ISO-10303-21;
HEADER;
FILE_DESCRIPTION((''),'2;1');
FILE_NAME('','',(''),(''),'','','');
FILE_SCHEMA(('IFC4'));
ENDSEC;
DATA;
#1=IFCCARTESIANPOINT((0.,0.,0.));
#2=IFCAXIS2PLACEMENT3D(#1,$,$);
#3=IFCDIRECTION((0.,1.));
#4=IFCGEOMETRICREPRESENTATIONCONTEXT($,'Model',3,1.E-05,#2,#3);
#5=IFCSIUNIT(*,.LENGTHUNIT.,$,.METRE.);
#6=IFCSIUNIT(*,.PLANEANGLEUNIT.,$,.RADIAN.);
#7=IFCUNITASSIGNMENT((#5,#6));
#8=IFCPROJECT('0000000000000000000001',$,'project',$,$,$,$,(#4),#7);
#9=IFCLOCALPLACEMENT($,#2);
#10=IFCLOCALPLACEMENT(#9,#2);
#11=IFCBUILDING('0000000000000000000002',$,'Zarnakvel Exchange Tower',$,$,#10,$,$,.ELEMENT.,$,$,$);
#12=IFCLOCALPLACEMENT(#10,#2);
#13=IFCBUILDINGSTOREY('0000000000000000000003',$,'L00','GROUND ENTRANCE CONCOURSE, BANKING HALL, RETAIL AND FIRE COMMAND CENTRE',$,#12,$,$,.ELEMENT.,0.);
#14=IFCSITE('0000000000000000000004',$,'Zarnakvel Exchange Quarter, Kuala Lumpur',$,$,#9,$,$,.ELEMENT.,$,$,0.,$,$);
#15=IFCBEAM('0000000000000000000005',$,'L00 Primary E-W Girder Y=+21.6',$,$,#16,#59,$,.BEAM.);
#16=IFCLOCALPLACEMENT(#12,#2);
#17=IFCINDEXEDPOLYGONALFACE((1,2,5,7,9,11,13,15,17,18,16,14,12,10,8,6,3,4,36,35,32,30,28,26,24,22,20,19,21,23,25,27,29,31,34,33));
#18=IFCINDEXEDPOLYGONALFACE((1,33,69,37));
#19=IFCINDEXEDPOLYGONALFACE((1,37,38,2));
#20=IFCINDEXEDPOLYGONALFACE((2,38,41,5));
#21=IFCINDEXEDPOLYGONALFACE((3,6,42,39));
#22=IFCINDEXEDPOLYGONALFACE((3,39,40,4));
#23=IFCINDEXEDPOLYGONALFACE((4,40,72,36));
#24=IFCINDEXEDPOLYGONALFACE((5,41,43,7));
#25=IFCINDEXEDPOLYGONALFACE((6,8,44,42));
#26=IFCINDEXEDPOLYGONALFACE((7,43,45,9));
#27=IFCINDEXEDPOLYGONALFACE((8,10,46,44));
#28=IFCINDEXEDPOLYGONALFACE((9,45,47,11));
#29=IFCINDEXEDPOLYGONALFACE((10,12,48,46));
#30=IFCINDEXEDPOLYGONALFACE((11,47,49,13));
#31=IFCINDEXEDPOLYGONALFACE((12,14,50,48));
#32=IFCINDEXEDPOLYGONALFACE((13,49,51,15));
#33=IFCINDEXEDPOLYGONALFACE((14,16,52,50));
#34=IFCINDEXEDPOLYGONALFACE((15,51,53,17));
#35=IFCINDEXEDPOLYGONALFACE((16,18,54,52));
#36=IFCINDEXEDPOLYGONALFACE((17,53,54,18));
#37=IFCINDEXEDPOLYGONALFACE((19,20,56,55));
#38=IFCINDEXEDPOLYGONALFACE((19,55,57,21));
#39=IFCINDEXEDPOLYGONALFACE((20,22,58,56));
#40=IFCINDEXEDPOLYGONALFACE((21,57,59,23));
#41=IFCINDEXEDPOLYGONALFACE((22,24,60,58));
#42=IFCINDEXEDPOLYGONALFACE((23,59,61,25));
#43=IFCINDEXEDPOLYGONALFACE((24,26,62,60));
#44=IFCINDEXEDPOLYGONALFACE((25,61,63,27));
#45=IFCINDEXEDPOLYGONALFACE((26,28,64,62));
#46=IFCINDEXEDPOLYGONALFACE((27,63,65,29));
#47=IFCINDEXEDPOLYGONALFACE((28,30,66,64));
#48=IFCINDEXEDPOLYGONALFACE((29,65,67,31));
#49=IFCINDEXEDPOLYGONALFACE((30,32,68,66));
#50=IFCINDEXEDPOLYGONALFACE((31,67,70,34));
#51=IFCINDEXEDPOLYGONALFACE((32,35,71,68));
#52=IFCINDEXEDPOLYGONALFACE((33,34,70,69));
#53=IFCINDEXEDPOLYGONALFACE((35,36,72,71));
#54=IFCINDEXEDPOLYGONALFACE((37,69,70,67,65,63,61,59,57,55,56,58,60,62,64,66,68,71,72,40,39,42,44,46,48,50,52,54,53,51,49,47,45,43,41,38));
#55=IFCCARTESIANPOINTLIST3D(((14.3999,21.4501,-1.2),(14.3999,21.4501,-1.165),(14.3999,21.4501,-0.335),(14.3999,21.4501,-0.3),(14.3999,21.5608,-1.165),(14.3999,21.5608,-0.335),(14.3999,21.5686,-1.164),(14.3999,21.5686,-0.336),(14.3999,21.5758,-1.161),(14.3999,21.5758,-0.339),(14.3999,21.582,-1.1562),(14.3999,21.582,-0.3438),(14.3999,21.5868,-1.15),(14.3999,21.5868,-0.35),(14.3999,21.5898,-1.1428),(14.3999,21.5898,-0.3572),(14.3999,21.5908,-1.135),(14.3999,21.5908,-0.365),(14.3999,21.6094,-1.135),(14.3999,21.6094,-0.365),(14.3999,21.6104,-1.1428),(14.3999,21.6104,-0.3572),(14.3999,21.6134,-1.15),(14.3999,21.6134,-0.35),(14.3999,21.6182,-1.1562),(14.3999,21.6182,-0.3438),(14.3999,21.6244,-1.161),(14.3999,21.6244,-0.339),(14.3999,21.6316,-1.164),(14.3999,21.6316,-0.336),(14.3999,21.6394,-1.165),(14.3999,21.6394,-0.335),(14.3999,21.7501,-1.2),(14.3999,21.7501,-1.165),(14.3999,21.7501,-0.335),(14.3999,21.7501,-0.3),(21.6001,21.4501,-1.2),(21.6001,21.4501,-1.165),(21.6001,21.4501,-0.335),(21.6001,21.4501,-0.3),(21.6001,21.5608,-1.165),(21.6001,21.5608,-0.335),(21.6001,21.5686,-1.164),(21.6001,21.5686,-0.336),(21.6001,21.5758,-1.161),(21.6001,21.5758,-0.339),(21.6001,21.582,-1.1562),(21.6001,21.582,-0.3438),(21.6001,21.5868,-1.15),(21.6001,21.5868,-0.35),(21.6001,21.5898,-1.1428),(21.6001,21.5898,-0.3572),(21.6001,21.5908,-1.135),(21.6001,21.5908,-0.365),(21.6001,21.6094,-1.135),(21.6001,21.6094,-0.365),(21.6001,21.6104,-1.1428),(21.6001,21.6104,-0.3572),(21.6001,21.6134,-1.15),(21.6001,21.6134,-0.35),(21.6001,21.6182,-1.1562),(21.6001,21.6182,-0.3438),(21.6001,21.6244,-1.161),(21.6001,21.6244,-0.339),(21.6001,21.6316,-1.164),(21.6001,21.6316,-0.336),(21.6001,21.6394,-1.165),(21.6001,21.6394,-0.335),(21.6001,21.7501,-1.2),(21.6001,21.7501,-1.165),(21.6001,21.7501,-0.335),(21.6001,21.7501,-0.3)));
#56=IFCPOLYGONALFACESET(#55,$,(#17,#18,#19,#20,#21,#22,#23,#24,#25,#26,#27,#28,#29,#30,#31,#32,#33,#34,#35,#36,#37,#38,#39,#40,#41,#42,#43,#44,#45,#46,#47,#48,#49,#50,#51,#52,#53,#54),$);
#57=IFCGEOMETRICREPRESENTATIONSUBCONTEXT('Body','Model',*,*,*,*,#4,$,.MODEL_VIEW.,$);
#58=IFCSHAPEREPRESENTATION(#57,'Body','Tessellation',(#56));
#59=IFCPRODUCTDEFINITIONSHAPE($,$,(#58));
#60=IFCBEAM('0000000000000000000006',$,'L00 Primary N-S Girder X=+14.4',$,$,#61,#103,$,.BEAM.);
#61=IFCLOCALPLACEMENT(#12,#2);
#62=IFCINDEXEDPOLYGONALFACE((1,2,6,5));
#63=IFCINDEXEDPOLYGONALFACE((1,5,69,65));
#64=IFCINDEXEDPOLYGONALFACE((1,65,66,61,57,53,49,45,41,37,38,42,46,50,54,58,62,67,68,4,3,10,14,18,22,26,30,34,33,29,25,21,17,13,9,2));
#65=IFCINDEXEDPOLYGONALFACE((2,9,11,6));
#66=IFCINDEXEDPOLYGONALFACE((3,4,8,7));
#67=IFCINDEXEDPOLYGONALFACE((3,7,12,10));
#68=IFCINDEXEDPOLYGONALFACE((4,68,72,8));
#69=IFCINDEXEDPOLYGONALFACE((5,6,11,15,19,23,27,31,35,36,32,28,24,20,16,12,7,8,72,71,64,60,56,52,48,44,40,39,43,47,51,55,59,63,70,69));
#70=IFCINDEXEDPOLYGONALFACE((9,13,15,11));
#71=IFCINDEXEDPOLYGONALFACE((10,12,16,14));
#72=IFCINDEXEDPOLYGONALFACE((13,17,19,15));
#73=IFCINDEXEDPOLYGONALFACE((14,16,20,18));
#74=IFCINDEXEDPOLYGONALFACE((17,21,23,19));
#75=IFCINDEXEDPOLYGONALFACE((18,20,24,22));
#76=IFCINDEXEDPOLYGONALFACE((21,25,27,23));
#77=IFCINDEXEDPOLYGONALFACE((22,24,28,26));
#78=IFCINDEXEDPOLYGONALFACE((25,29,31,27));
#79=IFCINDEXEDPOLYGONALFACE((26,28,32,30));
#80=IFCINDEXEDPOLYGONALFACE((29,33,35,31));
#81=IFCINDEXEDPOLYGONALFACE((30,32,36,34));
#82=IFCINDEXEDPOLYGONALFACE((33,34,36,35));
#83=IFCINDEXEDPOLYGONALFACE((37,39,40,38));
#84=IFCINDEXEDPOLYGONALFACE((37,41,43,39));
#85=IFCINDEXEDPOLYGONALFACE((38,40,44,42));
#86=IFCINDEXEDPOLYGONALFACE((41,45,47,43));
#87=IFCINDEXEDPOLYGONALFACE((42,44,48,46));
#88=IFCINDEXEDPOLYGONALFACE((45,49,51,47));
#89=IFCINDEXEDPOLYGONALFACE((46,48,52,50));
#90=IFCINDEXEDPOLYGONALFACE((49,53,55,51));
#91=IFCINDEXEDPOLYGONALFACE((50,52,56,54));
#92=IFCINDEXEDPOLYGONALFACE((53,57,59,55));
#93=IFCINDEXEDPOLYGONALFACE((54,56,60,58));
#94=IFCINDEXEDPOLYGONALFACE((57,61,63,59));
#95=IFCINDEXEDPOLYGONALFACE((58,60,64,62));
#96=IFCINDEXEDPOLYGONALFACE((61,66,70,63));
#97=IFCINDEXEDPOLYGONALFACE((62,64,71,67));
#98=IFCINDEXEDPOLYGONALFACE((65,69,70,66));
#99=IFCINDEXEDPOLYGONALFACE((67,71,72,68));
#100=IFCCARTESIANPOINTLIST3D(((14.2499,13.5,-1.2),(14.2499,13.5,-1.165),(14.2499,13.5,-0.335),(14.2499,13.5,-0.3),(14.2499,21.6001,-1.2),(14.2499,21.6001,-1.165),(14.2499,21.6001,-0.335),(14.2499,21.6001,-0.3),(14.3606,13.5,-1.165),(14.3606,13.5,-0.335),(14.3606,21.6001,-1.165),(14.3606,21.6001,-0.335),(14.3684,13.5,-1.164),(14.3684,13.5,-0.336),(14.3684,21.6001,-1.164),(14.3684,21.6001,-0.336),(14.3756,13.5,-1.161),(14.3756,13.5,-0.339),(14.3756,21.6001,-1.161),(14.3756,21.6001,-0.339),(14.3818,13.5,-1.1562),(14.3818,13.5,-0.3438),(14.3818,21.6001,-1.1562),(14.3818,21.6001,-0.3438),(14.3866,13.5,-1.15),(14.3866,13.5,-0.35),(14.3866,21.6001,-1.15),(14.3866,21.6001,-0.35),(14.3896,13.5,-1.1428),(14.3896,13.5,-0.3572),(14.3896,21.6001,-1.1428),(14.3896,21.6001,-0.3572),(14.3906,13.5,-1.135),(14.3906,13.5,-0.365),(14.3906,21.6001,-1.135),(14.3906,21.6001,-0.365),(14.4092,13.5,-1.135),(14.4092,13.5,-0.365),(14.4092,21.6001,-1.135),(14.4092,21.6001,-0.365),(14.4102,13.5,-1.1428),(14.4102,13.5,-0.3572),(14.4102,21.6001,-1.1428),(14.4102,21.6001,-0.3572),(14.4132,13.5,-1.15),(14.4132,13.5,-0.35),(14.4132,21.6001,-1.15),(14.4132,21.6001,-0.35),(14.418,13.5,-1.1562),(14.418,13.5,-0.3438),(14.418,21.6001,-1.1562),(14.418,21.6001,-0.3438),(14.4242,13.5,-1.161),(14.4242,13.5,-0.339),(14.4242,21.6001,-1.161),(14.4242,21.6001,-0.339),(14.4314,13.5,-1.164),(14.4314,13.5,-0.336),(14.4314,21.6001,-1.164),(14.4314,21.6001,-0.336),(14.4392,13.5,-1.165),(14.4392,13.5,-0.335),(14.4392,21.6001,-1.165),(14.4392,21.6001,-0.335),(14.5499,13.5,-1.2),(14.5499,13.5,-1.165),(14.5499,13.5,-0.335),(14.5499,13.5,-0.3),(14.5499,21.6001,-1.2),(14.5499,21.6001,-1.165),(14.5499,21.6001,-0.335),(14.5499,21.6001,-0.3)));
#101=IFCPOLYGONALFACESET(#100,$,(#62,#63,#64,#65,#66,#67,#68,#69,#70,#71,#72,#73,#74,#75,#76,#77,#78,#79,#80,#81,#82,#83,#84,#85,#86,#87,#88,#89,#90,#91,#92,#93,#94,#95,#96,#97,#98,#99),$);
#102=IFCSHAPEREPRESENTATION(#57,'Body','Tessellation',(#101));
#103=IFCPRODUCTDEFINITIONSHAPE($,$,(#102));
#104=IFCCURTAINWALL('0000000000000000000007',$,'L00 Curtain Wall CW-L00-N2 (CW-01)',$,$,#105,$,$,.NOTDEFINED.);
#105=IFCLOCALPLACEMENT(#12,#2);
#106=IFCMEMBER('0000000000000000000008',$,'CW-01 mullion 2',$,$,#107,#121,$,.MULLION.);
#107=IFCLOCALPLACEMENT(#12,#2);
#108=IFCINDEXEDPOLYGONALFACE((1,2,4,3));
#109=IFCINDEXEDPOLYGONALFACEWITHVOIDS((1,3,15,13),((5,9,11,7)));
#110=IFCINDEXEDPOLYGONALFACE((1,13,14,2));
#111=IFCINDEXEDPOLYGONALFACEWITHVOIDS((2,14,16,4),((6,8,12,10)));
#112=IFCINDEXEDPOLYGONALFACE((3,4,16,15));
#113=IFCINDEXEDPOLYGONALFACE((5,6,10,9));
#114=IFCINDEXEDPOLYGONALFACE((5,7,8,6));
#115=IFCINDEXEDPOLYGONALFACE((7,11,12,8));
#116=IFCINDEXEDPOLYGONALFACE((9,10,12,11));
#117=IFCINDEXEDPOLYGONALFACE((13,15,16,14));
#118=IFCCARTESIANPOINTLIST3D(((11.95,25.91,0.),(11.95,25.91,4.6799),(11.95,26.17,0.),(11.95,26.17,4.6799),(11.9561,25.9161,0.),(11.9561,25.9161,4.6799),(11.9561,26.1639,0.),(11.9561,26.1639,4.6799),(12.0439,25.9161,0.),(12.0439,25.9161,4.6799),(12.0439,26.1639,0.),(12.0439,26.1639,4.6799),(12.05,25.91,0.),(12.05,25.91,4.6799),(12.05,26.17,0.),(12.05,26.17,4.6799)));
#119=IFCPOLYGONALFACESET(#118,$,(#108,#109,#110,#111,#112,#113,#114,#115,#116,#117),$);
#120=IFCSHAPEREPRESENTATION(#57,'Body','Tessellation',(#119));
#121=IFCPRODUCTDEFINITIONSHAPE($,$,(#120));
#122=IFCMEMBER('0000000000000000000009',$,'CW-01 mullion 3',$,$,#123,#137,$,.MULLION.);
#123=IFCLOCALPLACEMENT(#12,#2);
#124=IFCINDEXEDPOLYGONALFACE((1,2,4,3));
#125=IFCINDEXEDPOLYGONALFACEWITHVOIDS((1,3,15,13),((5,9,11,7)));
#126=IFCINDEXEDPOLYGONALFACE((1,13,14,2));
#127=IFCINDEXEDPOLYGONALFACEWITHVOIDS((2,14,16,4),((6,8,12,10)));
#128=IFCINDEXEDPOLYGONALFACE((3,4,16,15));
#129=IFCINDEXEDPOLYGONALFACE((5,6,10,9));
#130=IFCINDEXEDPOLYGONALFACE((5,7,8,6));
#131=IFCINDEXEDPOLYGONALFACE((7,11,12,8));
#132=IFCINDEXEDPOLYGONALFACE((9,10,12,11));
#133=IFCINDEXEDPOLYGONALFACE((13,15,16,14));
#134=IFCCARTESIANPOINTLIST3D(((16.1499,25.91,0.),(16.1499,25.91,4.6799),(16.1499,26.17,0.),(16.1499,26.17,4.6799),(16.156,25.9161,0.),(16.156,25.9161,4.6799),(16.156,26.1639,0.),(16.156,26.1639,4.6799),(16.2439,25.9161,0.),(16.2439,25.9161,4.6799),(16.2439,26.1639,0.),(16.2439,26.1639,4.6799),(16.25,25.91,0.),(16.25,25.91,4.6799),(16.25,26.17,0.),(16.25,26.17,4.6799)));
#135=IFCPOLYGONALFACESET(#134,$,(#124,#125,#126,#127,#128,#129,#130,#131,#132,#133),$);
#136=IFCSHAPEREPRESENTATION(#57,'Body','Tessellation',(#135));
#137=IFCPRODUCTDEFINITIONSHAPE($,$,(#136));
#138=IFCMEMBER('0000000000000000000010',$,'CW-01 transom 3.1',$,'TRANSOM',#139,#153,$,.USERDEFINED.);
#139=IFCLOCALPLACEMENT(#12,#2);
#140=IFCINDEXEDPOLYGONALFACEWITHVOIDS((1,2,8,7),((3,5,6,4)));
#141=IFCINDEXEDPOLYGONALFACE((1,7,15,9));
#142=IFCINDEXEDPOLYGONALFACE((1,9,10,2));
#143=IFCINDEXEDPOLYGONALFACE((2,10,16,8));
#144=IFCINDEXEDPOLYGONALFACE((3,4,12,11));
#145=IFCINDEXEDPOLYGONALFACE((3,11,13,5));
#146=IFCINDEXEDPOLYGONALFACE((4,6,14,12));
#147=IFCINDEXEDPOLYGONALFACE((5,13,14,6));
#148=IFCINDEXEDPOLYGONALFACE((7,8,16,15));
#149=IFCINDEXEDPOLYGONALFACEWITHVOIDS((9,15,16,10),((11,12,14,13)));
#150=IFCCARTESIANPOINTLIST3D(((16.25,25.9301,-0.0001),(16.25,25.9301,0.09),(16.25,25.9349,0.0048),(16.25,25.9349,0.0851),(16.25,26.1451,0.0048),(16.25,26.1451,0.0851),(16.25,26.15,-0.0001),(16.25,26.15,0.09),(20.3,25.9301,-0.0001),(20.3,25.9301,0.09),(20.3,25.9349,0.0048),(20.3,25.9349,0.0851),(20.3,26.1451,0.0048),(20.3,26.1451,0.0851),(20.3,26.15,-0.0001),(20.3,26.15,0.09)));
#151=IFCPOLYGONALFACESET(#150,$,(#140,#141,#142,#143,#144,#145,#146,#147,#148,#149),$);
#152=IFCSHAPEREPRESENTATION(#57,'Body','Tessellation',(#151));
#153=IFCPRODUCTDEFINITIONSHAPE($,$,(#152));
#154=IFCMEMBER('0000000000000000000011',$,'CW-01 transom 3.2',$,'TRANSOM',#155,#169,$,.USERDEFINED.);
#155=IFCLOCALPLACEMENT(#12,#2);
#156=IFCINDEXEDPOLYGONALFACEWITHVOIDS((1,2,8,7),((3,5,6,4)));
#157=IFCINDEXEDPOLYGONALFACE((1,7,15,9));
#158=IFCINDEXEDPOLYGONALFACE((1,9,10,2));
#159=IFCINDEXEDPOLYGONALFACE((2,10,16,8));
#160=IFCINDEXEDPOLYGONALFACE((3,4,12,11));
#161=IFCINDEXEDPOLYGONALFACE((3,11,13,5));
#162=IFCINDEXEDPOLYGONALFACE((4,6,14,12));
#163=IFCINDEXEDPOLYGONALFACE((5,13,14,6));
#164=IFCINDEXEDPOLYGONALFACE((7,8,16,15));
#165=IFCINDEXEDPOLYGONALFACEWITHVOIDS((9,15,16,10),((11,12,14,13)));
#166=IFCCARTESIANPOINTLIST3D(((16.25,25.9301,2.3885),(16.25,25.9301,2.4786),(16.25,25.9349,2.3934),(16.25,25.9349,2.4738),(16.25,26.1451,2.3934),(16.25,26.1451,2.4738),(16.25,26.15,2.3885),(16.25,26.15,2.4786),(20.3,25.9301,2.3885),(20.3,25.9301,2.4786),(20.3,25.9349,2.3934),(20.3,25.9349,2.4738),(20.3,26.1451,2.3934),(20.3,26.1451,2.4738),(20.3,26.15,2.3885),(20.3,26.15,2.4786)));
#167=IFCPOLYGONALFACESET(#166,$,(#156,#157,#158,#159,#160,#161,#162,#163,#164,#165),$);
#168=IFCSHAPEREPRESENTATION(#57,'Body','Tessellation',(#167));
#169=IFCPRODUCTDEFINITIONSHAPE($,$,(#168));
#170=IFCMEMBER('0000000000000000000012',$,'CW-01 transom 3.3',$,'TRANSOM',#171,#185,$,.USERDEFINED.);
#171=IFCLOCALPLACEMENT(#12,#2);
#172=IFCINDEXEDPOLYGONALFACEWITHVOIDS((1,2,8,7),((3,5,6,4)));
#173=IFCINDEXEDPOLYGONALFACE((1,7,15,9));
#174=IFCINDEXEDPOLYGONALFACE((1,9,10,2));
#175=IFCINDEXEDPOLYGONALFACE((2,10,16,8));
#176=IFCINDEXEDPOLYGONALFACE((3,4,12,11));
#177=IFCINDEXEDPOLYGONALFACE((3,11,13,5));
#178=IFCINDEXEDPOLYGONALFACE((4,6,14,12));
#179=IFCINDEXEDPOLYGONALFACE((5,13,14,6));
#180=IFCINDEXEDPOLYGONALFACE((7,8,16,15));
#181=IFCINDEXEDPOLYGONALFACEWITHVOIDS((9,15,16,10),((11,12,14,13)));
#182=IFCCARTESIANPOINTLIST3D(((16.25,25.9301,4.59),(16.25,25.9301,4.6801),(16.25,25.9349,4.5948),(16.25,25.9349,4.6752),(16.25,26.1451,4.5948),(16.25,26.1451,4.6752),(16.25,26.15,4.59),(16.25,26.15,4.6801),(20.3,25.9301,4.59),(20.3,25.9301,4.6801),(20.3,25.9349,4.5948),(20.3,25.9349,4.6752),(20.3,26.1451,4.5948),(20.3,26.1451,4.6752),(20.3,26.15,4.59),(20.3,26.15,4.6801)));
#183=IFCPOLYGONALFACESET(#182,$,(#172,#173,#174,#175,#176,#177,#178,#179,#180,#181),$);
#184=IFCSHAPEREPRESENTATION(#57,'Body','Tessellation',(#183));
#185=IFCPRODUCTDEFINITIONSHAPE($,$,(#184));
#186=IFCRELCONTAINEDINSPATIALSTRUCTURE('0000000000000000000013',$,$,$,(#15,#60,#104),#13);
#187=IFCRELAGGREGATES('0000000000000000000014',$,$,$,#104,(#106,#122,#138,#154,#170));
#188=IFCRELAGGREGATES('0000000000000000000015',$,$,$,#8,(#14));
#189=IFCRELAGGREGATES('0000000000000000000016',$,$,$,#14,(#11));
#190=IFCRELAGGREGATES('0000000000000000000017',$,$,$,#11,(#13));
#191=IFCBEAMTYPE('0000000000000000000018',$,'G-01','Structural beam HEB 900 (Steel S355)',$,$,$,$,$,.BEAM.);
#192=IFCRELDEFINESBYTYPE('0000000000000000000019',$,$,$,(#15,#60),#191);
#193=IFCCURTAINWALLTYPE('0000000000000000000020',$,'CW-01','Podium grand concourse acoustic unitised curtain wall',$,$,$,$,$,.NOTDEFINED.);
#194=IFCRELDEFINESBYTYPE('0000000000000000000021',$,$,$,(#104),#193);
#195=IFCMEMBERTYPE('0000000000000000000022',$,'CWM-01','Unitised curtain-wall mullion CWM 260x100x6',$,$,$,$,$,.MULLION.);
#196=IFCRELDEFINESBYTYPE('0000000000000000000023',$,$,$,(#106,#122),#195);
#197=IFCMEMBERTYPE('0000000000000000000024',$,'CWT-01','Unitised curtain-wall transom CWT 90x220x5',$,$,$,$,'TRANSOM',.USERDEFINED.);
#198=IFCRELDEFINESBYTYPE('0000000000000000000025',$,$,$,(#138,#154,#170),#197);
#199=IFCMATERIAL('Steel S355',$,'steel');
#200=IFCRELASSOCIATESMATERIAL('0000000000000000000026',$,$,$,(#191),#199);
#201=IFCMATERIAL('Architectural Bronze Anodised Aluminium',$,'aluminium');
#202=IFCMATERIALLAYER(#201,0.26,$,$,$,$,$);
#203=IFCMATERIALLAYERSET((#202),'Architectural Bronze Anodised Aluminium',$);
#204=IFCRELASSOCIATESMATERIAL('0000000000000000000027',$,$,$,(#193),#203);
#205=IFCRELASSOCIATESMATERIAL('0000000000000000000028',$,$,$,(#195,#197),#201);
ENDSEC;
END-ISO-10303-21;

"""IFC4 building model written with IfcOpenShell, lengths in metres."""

from ifc_helpers import new_model, si_unit, direction, frame, origin, origin_2d, place, context, subcontext, project, spatial, hollow_rectangle, i_section, extrude, source, transform, mapped, material, layer, layer_set, material_profile, profile_set, type_object, element, aggregate, save


model = new_model("IFC4")

# Units and contexts
model_context = context("Model", 3, precision=1e-05, world=origin(), true_north=direction((0.0, 1.0)))
body_context = subcontext(model_context, "Body", "Model", "MODEL_VIEW")
ifc_project = project(units=[si_unit("LENGTHUNIT", "METRE"), si_unit("PLANEANGLEUNIT", "RADIAN")], contexts=[model_context])

# Site, building, storey
site_placement = place(None, origin())
site = spatial("IfcSite", under=ifc_project, at=site_placement, Name="Zarnakvel Exchange Quarter, Kuala Lumpur", CompositionType="ELEMENT", RefElevation=0.0)
building_placement = place(site_placement, origin())
building = spatial("IfcBuilding", under=site, at=building_placement, Name="Zarnakvel Exchange Tower", CompositionType="ELEMENT")
storey_placement = place(building_placement, origin())
storey = spatial("IfcBuildingStorey", under=building, at=storey_placement, Name="L00", Description="GROUND ENTRANCE CONCOURSE, BANKING HALL, RETAIL AND FIRE COMMAND CENTRE", CompositionType="ELEMENT", Elevation=0.0)

# Beams
ifc_material_1 = material(Name="Steel S355", Category="steel")
ifc_material_profile_1 = material_profile(ifc_material_1, i_section(OverallWidth=0.3, OverallDepth=0.8999, WebThickness=0.0186, FlangeThickness=0.0349, FilletRadius=0.03, at=origin_2d()))
ifc_profile_set_1 = profile_set([ifc_material_profile_1], Name="Steel S355")
beam_type_1 = type_object("IfcBeamType", Name="G-01", Description="Structural beam HEB 900 (Steel S355)", PredefinedType="BEAM", material=ifc_profile_set_1)
for number, where, z_axis, x_axis, name in (
    (1, (14.3999, 21.6001, -0.75), (1.0, 0.0, 0.0), (0.0, 1.0, 0.0), "L00 Primary E-W Girder Y=+21.6"),
):
    element("IfcBeam", number, at=place(storey_placement, frame(where, z_axis=z_axis, x_axis=x_axis)), inside=storey, type_object=beam_type_1, Name=name, PredefinedType="BEAM", context=body_context, shape_type="SweptSolid", body=[
        extrude(i_section(OverallWidth=0.3, OverallDepth=0.8999, WebThickness=0.0186, FlangeThickness=0.0349, FilletRadius=0.03, at=origin_2d()), origin(), (0.0, 0.0, 1.0), 7.2002),
    ])
beam_1_placement = place(storey_placement, frame((14.3999, 13.5, -0.75), z_axis=(0.0, 1.0, 0.0), x_axis=(-1.0, 0.0, 0.0)))
element("IfcBeam", 2, at=beam_1_placement, inside=storey, type_object=beam_type_1, Name="L00 Primary N-S Girder X=+14.4", PredefinedType="BEAM", context=body_context, shape_type="SweptSolid", body=[
    extrude(i_section(OverallWidth=0.3, OverallDepth=0.8999, WebThickness=0.0186, FlangeThickness=0.0349, FilletRadius=0.03, at=origin_2d()), origin(), (0.0, 0.0, 1.0), 8.1001),
])

# Curtain wall, members
ifc_material_2 = material(Name="Architectural Bronze Anodised Aluminium", Category="aluminium")
ifc_layer_1 = layer(ifc_material_2, 0.26)
ifc_layer_set_1 = layer_set([ifc_layer_1], Name="Architectural Bronze Anodised Aluminium")
curtain_wall_type = type_object("IfcCurtainWallType", Name="CW-01", Description="Podium grand concourse acoustic unitised curtain wall", PredefinedType="NOTDEFINED", material=ifc_layer_set_1)
curtain_wall_placement = place(storey_placement, origin())
curtain_wall = element("IfcCurtainWall", 3, at=curtain_wall_placement, inside=storey, type_object=curtain_wall_type, Name="L00 Curtain Wall CW-L00-N2 (CW-01)", PredefinedType="NOTDEFINED")
ifc_material_profile_2 = material_profile(ifc_material_2, hollow_rectangle(XDim=0.26, YDim=0.1001, WallThickness=0.0061, at=origin_2d()))
ifc_profile_set_2 = profile_set([ifc_material_profile_2], Name="Architectural Bronze Anodised Aluminium")
member_type_1 = type_object("IfcMemberType", Name="CWM-01", Description="Unitised curtain-wall mullion CWM 260x100x6", PredefinedType="MULLION", material=ifc_profile_set_2)
shared_shape_1 = source(origin(), body_context, "Body", "SweptSolid", [
    extrude(hollow_rectangle(XDim=0.26, YDim=0.1001, WallThickness=0.0061, at=origin_2d()), origin(), (0.0, 0.0, 1.0), 4.6799),
])
member_1_placement = place(storey_placement, frame((12.0, 26.04, 0.0), z_axis=(0.0, 0.0, 1.0), x_axis=(0.0, 1.0, 0.0)))
member_1 = element("IfcMember", 4, at=member_1_placement, type_object=member_type_1, Name="CW-01 mullion 2", PredefinedType="MULLION", context=body_context, shape_type="MappedRepresentation", body=[
    mapped(shared_shape_1, transform((0.0, 0.0, 0.0), x_axis=(1.0, 0.0, 0.0), y_axis=(0.0, 1.0, 0.0), z_axis=(0.0, 0.0, 1.0), scale=1.0)),
])
member_2_placement = place(storey_placement, frame((16.2, 26.04, 0.0), z_axis=(0.0, 0.0, 1.0), x_axis=(0.0, 1.0, 0.0)))
member_2 = element("IfcMember", 5, at=member_2_placement, type_object=member_type_1, Name="CW-01 mullion 3", PredefinedType="MULLION", context=body_context, shape_type="MappedRepresentation", body=[
    mapped(shared_shape_1, transform((0.0, 0.0, 0.0), x_axis=(1.0, 0.0, 0.0), y_axis=(0.0, 1.0, 0.0), z_axis=(0.0, 0.0, 1.0), scale=1.0)),
])
ifc_material_profile_3 = material_profile(ifc_material_2, hollow_rectangle(XDim=0.22, YDim=0.0901, WallThickness=0.0049, at=origin_2d()))
ifc_profile_set_3 = profile_set([ifc_material_profile_3], Name="Architectural Bronze Anodised Aluminium")
member_type_2 = type_object("IfcMemberType", Name="CWT-01", Description="Unitised curtain-wall transom CWT 90x220x5", ElementType="TRANSOM", PredefinedType="USERDEFINED", material=ifc_profile_set_3)
shared_shape_2 = source(origin(), body_context, "Body", "SweptSolid", [
    extrude(hollow_rectangle(XDim=0.22, YDim=0.0901, WallThickness=0.0049, at=origin_2d()), origin(), (0.0, 0.0, 1.0), 4.05),
])
member_3_placement = place(storey_placement, frame((16.25, 26.04, 0.0449), z_axis=(1.0, 0.0, 0.0), x_axis=(0.0, 1.0, 0.0)))
member_3 = element("IfcMember", 6, at=member_3_placement, type_object=member_type_2, Name="CW-01 transom 3.1", ObjectType="TRANSOM", PredefinedType="USERDEFINED", context=body_context, shape_type="MappedRepresentation", body=[
    mapped(shared_shape_2, transform((0.0, 0.0, 0.0), x_axis=(1.0, 0.0, 0.0), y_axis=(0.0, 1.0, 0.0), z_axis=(0.0, 0.0, 1.0), scale=1.0)),
])
member_4_placement = place(storey_placement, frame((16.25, 26.04, 2.4336), z_axis=(1.0, 0.0, 0.0), x_axis=(0.0, 1.0, 0.0)))
member_4 = element("IfcMember", 7, at=member_4_placement, type_object=member_type_2, Name="CW-01 transom 3.2", ObjectType="TRANSOM", PredefinedType="USERDEFINED", context=body_context, shape_type="MappedRepresentation", body=[
    mapped(shared_shape_2, transform((0.0, 0.0, 0.0), x_axis=(1.0, 0.0, 0.0), y_axis=(0.0, 1.0, 0.0), z_axis=(0.0, 0.0, 1.0), scale=1.0)),
])
member_5_placement = place(storey_placement, frame((16.25, 26.04, 4.635), z_axis=(1.0, 0.0, 0.0), x_axis=(0.0, 1.0, 0.0)))
member_5 = element("IfcMember", 8, at=member_5_placement, type_object=member_type_2, Name="CW-01 transom 3.3", ObjectType="TRANSOM", PredefinedType="USERDEFINED", context=body_context, shape_type="MappedRepresentation", body=[
    mapped(shared_shape_2, transform((0.0, 0.0, 0.0), x_axis=(1.0, 0.0, 0.0), y_axis=(0.0, 1.0, 0.0), z_axis=(0.0, 0.0, 1.0), scale=1.0)),
])
aggregate(curtain_wall, [member_1, member_2, member_3, member_4, member_5])

save(model, "model.ifc")
